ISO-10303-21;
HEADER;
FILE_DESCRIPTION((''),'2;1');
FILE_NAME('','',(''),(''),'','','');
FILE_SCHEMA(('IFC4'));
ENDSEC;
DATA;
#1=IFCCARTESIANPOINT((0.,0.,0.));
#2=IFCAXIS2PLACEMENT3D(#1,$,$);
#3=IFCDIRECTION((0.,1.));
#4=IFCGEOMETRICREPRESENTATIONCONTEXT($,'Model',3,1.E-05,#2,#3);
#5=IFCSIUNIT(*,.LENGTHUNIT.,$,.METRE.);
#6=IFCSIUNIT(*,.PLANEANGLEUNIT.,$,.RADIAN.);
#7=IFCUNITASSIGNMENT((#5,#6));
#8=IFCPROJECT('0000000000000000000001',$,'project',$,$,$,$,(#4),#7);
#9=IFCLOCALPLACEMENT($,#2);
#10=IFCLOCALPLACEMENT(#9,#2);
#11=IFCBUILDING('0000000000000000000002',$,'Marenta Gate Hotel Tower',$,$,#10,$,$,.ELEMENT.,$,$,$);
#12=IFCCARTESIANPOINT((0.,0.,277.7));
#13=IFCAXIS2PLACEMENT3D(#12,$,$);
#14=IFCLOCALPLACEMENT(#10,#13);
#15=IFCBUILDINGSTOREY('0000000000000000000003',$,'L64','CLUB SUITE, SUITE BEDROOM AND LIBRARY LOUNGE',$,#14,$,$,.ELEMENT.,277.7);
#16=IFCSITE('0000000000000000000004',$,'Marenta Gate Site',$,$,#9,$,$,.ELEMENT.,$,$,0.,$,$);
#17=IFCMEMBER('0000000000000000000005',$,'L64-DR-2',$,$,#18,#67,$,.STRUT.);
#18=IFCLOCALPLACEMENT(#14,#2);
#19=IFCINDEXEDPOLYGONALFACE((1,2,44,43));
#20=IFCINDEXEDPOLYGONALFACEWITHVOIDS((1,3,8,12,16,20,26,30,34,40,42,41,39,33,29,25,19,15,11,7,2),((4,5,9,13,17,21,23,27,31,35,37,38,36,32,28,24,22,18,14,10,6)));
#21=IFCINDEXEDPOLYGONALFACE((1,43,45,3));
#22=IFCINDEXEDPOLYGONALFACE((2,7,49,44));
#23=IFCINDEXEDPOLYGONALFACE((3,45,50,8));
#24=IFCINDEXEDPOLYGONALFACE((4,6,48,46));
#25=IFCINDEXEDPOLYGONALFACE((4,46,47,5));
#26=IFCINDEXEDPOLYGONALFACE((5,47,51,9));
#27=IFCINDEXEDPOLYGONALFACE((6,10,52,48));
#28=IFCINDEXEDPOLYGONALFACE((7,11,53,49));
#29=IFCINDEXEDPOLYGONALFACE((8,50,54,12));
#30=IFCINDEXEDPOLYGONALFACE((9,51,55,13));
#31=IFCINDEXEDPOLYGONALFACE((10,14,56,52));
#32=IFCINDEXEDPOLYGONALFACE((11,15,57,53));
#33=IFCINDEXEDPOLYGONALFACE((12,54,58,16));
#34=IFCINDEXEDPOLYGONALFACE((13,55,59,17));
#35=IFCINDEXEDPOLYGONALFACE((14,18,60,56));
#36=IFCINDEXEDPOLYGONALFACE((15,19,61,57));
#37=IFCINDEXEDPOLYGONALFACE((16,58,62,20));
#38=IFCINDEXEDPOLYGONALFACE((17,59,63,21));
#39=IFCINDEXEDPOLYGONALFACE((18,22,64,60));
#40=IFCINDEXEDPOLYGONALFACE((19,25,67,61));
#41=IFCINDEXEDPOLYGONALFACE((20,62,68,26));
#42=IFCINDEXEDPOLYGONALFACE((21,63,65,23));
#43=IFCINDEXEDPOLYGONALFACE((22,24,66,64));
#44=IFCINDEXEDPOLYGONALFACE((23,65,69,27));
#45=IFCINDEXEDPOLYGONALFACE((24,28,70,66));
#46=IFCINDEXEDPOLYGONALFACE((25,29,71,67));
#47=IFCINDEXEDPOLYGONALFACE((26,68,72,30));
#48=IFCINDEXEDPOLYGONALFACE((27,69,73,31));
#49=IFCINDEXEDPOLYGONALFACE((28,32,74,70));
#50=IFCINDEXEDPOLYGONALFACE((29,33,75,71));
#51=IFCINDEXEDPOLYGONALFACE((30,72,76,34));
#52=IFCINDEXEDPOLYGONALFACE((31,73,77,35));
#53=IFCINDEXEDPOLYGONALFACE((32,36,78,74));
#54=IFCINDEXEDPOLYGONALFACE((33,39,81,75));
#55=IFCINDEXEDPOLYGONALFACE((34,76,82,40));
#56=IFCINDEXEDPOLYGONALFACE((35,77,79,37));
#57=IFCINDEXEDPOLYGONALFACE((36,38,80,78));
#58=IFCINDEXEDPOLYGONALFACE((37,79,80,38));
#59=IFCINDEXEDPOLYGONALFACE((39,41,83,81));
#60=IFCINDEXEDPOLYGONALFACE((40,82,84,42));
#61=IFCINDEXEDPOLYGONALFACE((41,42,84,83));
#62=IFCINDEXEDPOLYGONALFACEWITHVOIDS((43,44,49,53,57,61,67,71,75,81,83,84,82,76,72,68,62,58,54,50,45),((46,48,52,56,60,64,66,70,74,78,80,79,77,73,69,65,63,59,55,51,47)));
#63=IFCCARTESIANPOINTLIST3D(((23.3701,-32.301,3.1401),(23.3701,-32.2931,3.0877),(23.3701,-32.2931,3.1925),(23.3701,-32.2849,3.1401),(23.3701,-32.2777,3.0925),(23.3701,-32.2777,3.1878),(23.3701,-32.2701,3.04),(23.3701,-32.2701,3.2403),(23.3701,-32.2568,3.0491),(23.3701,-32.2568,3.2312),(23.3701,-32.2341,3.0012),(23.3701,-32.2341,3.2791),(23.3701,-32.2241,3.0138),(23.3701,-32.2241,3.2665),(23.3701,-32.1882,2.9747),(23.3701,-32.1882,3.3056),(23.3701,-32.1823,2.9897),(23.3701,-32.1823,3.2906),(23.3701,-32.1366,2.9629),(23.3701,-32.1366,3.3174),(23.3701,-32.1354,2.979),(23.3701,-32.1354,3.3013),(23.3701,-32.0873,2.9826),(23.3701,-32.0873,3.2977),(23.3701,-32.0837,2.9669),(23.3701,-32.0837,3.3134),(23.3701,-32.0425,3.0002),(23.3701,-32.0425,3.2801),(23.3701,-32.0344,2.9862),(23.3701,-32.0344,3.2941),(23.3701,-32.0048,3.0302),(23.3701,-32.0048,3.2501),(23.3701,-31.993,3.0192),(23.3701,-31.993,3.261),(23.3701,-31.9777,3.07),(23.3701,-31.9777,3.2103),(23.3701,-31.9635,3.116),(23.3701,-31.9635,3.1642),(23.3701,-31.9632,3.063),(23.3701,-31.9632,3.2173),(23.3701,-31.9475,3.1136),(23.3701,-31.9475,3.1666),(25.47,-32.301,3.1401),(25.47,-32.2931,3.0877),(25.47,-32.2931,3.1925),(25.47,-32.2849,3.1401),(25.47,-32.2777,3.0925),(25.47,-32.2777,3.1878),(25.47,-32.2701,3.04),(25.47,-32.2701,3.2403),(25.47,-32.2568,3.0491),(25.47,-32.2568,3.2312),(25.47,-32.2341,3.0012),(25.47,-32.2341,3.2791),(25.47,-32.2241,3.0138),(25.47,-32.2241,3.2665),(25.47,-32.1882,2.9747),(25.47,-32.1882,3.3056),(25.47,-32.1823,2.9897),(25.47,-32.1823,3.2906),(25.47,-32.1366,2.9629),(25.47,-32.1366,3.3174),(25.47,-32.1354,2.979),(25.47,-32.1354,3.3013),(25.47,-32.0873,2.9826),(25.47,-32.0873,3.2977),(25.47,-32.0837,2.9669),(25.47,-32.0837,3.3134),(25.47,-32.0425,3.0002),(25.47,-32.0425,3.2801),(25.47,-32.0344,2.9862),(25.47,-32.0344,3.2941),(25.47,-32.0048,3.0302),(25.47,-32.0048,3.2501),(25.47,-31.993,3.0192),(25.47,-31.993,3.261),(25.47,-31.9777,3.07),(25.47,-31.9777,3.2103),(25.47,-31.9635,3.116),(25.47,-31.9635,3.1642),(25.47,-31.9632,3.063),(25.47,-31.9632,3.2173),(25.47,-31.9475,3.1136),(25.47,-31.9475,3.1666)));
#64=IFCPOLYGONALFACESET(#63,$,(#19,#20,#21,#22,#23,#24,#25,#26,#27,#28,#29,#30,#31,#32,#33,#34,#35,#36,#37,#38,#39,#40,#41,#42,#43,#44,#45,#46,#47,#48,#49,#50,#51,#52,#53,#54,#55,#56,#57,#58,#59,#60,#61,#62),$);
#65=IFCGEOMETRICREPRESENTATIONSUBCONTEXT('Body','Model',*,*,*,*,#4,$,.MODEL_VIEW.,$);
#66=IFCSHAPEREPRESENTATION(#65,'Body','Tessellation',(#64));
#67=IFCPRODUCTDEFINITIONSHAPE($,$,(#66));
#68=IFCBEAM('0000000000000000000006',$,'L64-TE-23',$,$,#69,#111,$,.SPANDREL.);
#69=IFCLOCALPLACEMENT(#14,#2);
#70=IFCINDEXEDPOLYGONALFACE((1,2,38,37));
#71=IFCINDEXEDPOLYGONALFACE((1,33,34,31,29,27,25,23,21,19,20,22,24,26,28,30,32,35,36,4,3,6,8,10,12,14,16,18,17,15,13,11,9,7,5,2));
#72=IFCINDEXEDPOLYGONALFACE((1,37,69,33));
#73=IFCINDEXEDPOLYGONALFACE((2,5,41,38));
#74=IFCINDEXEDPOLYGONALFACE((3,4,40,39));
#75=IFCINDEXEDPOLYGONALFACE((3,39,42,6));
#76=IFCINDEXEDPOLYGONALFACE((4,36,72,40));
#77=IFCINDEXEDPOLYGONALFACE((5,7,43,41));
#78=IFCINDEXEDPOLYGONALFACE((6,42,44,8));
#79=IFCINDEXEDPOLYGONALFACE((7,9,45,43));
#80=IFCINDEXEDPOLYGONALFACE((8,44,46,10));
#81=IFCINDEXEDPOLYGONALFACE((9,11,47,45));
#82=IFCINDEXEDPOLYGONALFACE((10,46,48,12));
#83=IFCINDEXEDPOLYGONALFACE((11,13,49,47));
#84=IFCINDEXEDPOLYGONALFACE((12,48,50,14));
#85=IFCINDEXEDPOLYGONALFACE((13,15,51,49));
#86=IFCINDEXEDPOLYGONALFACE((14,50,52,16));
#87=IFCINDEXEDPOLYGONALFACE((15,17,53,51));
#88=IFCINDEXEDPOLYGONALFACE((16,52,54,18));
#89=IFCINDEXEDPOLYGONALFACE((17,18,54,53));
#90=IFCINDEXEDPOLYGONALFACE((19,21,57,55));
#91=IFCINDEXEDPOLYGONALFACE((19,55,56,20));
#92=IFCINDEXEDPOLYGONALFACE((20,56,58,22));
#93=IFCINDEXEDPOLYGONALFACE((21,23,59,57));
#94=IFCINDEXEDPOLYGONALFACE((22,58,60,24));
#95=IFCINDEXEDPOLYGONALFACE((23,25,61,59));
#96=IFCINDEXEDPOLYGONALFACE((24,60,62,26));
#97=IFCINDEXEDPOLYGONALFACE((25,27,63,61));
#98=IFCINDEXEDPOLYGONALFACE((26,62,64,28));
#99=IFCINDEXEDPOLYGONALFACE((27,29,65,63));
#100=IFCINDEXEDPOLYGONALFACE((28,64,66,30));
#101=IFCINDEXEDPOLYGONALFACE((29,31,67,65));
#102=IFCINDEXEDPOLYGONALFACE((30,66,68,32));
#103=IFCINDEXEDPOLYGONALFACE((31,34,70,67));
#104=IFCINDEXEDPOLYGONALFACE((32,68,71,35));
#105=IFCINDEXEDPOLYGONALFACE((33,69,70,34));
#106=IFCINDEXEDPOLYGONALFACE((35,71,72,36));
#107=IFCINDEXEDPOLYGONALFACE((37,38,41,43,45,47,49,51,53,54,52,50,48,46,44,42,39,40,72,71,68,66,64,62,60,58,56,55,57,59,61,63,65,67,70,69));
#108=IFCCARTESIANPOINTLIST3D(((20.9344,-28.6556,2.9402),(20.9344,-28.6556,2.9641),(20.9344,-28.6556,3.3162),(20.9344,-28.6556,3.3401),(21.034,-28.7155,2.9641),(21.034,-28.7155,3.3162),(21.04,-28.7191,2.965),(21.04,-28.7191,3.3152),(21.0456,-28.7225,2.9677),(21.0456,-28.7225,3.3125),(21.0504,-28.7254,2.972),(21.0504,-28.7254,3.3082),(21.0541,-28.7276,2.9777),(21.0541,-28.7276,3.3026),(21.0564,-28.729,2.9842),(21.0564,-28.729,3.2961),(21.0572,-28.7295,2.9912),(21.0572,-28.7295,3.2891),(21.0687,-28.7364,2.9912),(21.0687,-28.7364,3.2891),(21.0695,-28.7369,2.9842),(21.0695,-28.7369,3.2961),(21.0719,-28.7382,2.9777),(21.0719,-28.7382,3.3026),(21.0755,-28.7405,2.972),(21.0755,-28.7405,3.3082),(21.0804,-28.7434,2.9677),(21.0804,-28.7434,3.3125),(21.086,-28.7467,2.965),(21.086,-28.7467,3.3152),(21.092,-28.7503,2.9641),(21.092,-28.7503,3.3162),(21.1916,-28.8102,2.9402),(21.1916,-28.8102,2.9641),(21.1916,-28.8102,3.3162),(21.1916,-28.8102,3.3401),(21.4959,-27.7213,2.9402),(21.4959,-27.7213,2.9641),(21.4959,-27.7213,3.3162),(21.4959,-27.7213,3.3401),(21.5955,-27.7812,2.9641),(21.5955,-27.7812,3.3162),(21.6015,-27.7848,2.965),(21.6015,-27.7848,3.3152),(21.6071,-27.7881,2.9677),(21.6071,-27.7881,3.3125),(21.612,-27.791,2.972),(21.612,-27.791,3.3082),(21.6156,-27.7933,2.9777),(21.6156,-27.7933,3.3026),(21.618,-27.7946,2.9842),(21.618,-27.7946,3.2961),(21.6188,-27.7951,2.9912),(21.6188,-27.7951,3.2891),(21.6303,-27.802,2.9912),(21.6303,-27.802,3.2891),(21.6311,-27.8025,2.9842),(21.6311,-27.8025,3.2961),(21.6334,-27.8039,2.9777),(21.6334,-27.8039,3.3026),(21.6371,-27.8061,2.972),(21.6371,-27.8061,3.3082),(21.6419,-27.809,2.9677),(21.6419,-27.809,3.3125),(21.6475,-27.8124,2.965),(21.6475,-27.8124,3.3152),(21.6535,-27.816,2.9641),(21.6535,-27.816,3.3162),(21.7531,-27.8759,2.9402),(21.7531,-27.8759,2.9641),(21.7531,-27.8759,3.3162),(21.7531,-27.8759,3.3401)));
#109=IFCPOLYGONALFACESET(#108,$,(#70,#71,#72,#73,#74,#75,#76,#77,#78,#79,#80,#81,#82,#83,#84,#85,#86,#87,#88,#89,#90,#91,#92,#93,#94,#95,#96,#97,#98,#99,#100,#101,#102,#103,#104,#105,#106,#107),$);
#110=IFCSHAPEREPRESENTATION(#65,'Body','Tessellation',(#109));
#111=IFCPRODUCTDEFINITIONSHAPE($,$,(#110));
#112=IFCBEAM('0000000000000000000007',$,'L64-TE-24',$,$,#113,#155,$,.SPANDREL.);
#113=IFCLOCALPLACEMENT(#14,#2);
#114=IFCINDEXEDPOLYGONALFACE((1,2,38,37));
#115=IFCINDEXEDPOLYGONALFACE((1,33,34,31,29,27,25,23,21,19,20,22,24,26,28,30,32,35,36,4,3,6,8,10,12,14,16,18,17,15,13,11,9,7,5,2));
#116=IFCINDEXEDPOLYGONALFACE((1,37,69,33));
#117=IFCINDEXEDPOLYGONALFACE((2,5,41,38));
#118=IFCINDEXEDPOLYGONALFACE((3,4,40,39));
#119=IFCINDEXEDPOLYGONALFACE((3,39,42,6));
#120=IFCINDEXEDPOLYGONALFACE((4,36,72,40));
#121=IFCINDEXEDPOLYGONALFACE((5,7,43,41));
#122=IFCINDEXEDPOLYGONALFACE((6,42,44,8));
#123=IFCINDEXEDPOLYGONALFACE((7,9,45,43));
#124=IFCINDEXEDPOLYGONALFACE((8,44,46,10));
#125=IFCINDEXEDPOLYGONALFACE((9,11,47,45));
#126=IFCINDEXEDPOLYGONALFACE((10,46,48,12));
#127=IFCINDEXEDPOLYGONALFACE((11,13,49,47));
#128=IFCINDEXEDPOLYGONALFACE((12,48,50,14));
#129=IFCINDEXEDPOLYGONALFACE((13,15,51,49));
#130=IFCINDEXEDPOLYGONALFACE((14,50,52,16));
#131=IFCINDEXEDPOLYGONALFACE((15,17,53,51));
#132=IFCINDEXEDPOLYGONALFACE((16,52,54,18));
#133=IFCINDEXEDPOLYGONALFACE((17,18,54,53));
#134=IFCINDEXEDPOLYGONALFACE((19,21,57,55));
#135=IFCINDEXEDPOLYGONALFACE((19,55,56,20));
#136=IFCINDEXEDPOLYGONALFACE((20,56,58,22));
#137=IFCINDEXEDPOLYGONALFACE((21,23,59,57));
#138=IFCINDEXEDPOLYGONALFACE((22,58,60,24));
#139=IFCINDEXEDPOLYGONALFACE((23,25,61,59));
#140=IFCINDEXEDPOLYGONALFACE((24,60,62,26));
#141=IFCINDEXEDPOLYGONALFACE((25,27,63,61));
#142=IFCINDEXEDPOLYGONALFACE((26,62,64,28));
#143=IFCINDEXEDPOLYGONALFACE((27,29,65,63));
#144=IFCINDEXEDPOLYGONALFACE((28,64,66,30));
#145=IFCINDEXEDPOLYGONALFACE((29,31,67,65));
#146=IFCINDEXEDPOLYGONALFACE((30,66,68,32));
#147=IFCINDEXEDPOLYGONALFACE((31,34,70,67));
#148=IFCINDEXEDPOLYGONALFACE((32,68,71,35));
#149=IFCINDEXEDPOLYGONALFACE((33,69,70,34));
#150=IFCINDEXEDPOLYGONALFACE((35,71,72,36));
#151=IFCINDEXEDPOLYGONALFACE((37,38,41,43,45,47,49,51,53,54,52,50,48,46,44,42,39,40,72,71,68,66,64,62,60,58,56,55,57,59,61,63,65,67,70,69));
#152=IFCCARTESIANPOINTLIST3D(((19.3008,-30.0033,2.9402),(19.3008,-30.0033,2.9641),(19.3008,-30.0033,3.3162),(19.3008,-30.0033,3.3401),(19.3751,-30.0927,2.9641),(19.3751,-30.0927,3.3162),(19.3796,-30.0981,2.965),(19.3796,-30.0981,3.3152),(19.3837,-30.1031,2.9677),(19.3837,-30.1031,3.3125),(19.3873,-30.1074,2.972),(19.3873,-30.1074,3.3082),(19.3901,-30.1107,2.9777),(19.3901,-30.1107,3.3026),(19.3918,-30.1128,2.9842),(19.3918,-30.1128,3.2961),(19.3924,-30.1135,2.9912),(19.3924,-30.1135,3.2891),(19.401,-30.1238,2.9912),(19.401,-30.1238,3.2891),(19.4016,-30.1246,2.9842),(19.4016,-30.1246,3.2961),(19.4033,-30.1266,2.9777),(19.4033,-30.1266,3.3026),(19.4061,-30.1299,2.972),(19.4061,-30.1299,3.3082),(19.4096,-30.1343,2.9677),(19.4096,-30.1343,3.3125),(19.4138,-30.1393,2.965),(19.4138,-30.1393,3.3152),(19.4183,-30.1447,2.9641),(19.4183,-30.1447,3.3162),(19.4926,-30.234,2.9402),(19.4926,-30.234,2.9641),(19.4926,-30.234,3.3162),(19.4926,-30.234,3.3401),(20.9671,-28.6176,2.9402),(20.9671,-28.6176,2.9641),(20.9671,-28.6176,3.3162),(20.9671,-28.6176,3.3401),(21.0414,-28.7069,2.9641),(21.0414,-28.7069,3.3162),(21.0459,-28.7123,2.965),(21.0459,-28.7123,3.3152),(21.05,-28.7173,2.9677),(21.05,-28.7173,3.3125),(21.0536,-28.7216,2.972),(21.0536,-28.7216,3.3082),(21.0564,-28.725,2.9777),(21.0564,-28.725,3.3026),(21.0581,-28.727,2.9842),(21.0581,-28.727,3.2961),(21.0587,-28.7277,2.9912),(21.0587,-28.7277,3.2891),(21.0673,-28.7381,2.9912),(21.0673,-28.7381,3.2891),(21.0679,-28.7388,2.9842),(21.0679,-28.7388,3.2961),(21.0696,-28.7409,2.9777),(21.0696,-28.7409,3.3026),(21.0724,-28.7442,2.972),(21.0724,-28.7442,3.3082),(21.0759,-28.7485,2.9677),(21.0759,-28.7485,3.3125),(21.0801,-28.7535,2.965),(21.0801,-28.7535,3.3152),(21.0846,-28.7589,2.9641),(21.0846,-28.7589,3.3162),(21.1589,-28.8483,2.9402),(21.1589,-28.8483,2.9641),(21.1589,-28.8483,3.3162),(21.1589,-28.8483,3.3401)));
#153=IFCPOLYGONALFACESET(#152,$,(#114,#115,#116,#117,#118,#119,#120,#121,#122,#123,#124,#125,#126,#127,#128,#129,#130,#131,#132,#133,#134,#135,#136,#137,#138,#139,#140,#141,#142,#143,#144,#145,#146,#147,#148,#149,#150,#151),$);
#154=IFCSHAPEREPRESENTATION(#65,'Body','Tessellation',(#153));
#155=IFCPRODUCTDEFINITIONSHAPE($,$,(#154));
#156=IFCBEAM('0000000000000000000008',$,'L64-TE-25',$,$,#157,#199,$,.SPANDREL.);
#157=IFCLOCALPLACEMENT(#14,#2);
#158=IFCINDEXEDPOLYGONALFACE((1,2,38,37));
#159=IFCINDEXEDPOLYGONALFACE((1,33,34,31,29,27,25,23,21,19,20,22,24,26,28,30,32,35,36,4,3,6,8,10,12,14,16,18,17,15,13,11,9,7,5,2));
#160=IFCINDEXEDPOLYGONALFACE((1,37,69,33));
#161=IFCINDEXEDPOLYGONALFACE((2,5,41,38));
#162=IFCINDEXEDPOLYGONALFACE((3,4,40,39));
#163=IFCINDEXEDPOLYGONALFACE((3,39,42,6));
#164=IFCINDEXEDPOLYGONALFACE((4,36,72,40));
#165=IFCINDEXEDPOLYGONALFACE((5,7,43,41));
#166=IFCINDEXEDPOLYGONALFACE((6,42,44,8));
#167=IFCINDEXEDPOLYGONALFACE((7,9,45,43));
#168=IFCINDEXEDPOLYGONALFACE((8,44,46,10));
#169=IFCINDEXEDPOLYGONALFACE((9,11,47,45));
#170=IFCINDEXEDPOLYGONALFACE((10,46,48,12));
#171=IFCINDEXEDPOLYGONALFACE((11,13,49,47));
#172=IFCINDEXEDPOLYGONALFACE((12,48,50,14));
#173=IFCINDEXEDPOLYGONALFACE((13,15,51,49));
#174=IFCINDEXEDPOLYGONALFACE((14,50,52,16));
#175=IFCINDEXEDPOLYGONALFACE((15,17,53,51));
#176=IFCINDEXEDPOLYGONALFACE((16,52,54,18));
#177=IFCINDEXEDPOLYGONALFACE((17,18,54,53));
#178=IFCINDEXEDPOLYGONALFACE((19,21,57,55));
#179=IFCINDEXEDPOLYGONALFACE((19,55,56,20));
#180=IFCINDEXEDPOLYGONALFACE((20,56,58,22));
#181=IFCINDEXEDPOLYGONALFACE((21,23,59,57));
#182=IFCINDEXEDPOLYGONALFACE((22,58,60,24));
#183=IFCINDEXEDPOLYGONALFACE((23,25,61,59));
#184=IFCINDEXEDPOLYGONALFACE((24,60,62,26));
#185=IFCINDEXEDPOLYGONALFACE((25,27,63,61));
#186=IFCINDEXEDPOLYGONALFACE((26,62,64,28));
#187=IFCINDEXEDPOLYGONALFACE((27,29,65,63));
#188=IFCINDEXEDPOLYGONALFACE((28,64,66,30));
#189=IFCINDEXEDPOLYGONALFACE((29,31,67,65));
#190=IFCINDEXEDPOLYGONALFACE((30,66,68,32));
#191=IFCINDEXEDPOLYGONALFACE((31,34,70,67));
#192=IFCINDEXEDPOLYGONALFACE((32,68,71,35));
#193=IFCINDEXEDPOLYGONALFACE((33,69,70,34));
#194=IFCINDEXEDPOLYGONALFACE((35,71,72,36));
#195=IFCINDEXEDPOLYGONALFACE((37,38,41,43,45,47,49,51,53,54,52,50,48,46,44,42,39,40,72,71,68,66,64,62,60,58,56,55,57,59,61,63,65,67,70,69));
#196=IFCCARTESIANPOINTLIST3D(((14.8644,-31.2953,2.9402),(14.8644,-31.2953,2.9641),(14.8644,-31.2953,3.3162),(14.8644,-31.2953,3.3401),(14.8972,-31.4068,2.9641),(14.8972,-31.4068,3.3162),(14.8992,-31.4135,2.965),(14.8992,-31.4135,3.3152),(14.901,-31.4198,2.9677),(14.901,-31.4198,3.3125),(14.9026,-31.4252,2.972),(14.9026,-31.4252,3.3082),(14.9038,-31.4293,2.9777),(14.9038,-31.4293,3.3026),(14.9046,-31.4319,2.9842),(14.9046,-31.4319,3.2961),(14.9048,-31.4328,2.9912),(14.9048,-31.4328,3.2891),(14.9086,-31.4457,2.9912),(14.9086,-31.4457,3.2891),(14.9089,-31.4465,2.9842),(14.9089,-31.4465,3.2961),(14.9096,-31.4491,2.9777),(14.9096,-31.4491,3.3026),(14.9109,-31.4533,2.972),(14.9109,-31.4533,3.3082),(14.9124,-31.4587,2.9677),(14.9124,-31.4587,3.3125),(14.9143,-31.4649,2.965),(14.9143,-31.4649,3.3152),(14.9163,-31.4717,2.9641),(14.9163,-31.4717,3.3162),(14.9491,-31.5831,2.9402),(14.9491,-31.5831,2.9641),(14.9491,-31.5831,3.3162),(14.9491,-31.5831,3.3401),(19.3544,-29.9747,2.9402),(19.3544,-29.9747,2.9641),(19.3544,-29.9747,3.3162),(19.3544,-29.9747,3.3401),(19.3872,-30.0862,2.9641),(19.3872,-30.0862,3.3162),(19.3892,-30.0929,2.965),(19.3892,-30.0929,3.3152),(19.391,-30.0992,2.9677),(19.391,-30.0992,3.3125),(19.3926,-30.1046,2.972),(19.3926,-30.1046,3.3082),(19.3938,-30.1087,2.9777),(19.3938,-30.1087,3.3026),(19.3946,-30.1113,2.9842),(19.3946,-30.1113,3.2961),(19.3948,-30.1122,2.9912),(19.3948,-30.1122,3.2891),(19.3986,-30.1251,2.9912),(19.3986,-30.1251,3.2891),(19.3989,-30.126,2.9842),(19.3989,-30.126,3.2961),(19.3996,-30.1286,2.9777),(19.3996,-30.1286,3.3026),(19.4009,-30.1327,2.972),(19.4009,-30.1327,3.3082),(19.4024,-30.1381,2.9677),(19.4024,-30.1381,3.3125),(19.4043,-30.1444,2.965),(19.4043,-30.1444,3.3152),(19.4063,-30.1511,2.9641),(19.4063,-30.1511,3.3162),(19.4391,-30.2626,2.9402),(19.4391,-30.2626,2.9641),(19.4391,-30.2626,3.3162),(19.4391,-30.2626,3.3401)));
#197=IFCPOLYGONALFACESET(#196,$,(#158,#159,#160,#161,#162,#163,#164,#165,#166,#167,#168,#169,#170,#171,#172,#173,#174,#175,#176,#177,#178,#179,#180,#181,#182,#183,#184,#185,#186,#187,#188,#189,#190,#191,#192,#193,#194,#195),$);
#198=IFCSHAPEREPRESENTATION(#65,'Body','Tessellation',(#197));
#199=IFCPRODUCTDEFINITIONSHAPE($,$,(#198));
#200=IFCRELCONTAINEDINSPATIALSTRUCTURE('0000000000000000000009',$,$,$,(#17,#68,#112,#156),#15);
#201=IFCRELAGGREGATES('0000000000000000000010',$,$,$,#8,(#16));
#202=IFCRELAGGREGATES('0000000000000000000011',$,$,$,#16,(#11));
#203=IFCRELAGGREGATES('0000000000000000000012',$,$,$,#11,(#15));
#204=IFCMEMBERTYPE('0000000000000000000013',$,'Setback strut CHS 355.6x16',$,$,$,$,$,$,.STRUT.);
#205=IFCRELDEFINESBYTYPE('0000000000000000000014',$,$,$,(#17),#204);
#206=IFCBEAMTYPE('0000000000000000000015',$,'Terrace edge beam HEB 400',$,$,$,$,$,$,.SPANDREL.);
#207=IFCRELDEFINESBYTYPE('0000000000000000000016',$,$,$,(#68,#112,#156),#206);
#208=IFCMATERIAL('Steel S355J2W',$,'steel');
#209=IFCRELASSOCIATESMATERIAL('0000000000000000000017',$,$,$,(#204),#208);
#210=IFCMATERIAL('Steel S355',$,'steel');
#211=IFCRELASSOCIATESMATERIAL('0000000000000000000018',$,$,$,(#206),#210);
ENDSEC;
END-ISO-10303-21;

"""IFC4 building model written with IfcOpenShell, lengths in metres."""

from ifc_helpers import new_model, si_unit, direction, frame, origin, origin_2d, place, context, subcontext, project, spatial, hollow_circle, i_section, extrude, material, material_profile, profile_set, type_object, element, save


model = new_model("IFC4")

# Units and contexts
model_context = context("Model", 3, precision=1e-05, world=origin(), true_north=direction((0.0, 1.0)))
body_context = subcontext(model_context, "Body", "Model", "MODEL_VIEW")
ifc_project = project(units=[si_unit("LENGTHUNIT", "METRE"), si_unit("PLANEANGLEUNIT", "RADIAN")], contexts=[model_context])

# Site, building, storey
site_placement = place(None, origin())
site = spatial("IfcSite", under=ifc_project, at=site_placement, Name="Marenta Gate Site", CompositionType="ELEMENT", RefElevation=0.0)
building_placement = place(site_placement, origin())
building = spatial("IfcBuilding", under=site, at=building_placement, Name="Marenta Gate Hotel Tower", CompositionType="ELEMENT")
storey_placement = place(building_placement, frame((0.0, 0.0, 277.7)))
storey = spatial("IfcBuildingStorey", under=building, at=storey_placement, Name="L64", Description="CLUB SUITE, SUITE BEDROOM AND LIBRARY LOUNGE", CompositionType="ELEMENT", Elevation=277.7)

# Member
ifc_material_1 = material(Name="Steel S355J2W", Category="steel")
ifc_material_profile_1 = material_profile(ifc_material_1, hollow_circle(Radius=0.1777, WallThickness=0.0161, at=origin_2d()), Name="CHS 355.6x16")
ifc_profile_set_1 = profile_set([ifc_material_profile_1], Name="Steel S355J2W")
member_type_1 = type_object("IfcMemberType", Name="Setback strut CHS 355.6x16", PredefinedType="STRUT", material=ifc_profile_set_1)
member_1_placement = place(storey_placement, frame((25.47, -32.1233, 3.1401), z_axis=(-1.0, 0.0, 0.0), x_axis=(0.0, -1.0, 0.0)))
element("IfcMember", 1, at=member_1_placement, inside=storey, type_object=member_type_1, Name="L64-DR-2", PredefinedType="STRUT", context=body_context, shape_type="SweptSolid", body=[
    extrude(hollow_circle(Radius=0.1777, WallThickness=0.0161, at=origin_2d()), origin(), (0.0, 0.0, 1.0), 2.0999),
])

# Beams
ifc_material_2 = material(Name="Steel S355", Category="steel")
ifc_material_profile_2 = material_profile(ifc_material_2, i_section(OverallWidth=0.3, OverallDepth=0.3999, WebThickness=0.0134, FlangeThickness=0.0239, FilletRadius=0.0271, at=origin_2d()), Name="HEB 400")
ifc_profile_set_2 = profile_set([ifc_material_profile_2], Name="Steel S355")
beam_type_1 = type_object("IfcBeamType", Name="Terrace edge beam HEB 400", PredefinedType="SPANDREL", material=ifc_profile_set_2)
beam_1_placement = place(storey_placement, frame((21.6245, -27.7986, 3.1401), z_axis=(-0.515121, -0.857117, 0.0), x_axis=(0.857117, -0.515121, 0.0)))
element("IfcBeam", 2, at=beam_1_placement, inside=storey, type_object=beam_type_1, Name="L64-TE-23", PredefinedType="SPANDREL", context=body_context, shape_type="SweptSolid", body=[
    extrude(i_section(OverallWidth=0.3, OverallDepth=0.3999, WebThickness=0.0134, FlangeThickness=0.0239, FilletRadius=0.0271, at=origin_2d()), origin(), (0.0, 0.0, 1.0), 1.0901),
])
beam_2_placement = place(storey_placement, frame((21.063, -28.7329, 3.1401), z_axis=(-0.768858, -0.63942, 0.0), x_axis=(0.63942, -0.768858, 0.0)))
element("IfcBeam", 3, at=beam_2_placement, inside=storey, type_object=beam_type_1, Name="L64-TE-24", PredefinedType="SPANDREL", context=body_context, shape_type="SweptSolid", body=[
    extrude(i_section(OverallWidth=0.3, OverallDepth=0.3999, WebThickness=0.0134, FlangeThickness=0.0239, FilletRadius=0.0271, at=origin_2d()), origin(), (0.0, 0.0, 1.0), 2.1672),
])
beam_3_placement = place(storey_placement, frame((19.3967, -30.1187, 3.1401), z_axis=(-0.959367, -0.282161, 0.0), x_axis=(0.282161, -0.959367, 0.0)))
element("IfcBeam", 4, at=beam_3_placement, inside=storey, type_object=beam_type_1, Name="L64-TE-25", PredefinedType="SPANDREL", context=body_context, shape_type="SweptSolid", body=[
    extrude(i_section(OverallWidth=0.3, OverallDepth=0.3999, WebThickness=0.0134, FlangeThickness=0.0239, FilletRadius=0.0271, at=origin_2d()), origin(), (0.0, 0.0, 1.0), 4.6802),
])

save(model, "model.ifc")
